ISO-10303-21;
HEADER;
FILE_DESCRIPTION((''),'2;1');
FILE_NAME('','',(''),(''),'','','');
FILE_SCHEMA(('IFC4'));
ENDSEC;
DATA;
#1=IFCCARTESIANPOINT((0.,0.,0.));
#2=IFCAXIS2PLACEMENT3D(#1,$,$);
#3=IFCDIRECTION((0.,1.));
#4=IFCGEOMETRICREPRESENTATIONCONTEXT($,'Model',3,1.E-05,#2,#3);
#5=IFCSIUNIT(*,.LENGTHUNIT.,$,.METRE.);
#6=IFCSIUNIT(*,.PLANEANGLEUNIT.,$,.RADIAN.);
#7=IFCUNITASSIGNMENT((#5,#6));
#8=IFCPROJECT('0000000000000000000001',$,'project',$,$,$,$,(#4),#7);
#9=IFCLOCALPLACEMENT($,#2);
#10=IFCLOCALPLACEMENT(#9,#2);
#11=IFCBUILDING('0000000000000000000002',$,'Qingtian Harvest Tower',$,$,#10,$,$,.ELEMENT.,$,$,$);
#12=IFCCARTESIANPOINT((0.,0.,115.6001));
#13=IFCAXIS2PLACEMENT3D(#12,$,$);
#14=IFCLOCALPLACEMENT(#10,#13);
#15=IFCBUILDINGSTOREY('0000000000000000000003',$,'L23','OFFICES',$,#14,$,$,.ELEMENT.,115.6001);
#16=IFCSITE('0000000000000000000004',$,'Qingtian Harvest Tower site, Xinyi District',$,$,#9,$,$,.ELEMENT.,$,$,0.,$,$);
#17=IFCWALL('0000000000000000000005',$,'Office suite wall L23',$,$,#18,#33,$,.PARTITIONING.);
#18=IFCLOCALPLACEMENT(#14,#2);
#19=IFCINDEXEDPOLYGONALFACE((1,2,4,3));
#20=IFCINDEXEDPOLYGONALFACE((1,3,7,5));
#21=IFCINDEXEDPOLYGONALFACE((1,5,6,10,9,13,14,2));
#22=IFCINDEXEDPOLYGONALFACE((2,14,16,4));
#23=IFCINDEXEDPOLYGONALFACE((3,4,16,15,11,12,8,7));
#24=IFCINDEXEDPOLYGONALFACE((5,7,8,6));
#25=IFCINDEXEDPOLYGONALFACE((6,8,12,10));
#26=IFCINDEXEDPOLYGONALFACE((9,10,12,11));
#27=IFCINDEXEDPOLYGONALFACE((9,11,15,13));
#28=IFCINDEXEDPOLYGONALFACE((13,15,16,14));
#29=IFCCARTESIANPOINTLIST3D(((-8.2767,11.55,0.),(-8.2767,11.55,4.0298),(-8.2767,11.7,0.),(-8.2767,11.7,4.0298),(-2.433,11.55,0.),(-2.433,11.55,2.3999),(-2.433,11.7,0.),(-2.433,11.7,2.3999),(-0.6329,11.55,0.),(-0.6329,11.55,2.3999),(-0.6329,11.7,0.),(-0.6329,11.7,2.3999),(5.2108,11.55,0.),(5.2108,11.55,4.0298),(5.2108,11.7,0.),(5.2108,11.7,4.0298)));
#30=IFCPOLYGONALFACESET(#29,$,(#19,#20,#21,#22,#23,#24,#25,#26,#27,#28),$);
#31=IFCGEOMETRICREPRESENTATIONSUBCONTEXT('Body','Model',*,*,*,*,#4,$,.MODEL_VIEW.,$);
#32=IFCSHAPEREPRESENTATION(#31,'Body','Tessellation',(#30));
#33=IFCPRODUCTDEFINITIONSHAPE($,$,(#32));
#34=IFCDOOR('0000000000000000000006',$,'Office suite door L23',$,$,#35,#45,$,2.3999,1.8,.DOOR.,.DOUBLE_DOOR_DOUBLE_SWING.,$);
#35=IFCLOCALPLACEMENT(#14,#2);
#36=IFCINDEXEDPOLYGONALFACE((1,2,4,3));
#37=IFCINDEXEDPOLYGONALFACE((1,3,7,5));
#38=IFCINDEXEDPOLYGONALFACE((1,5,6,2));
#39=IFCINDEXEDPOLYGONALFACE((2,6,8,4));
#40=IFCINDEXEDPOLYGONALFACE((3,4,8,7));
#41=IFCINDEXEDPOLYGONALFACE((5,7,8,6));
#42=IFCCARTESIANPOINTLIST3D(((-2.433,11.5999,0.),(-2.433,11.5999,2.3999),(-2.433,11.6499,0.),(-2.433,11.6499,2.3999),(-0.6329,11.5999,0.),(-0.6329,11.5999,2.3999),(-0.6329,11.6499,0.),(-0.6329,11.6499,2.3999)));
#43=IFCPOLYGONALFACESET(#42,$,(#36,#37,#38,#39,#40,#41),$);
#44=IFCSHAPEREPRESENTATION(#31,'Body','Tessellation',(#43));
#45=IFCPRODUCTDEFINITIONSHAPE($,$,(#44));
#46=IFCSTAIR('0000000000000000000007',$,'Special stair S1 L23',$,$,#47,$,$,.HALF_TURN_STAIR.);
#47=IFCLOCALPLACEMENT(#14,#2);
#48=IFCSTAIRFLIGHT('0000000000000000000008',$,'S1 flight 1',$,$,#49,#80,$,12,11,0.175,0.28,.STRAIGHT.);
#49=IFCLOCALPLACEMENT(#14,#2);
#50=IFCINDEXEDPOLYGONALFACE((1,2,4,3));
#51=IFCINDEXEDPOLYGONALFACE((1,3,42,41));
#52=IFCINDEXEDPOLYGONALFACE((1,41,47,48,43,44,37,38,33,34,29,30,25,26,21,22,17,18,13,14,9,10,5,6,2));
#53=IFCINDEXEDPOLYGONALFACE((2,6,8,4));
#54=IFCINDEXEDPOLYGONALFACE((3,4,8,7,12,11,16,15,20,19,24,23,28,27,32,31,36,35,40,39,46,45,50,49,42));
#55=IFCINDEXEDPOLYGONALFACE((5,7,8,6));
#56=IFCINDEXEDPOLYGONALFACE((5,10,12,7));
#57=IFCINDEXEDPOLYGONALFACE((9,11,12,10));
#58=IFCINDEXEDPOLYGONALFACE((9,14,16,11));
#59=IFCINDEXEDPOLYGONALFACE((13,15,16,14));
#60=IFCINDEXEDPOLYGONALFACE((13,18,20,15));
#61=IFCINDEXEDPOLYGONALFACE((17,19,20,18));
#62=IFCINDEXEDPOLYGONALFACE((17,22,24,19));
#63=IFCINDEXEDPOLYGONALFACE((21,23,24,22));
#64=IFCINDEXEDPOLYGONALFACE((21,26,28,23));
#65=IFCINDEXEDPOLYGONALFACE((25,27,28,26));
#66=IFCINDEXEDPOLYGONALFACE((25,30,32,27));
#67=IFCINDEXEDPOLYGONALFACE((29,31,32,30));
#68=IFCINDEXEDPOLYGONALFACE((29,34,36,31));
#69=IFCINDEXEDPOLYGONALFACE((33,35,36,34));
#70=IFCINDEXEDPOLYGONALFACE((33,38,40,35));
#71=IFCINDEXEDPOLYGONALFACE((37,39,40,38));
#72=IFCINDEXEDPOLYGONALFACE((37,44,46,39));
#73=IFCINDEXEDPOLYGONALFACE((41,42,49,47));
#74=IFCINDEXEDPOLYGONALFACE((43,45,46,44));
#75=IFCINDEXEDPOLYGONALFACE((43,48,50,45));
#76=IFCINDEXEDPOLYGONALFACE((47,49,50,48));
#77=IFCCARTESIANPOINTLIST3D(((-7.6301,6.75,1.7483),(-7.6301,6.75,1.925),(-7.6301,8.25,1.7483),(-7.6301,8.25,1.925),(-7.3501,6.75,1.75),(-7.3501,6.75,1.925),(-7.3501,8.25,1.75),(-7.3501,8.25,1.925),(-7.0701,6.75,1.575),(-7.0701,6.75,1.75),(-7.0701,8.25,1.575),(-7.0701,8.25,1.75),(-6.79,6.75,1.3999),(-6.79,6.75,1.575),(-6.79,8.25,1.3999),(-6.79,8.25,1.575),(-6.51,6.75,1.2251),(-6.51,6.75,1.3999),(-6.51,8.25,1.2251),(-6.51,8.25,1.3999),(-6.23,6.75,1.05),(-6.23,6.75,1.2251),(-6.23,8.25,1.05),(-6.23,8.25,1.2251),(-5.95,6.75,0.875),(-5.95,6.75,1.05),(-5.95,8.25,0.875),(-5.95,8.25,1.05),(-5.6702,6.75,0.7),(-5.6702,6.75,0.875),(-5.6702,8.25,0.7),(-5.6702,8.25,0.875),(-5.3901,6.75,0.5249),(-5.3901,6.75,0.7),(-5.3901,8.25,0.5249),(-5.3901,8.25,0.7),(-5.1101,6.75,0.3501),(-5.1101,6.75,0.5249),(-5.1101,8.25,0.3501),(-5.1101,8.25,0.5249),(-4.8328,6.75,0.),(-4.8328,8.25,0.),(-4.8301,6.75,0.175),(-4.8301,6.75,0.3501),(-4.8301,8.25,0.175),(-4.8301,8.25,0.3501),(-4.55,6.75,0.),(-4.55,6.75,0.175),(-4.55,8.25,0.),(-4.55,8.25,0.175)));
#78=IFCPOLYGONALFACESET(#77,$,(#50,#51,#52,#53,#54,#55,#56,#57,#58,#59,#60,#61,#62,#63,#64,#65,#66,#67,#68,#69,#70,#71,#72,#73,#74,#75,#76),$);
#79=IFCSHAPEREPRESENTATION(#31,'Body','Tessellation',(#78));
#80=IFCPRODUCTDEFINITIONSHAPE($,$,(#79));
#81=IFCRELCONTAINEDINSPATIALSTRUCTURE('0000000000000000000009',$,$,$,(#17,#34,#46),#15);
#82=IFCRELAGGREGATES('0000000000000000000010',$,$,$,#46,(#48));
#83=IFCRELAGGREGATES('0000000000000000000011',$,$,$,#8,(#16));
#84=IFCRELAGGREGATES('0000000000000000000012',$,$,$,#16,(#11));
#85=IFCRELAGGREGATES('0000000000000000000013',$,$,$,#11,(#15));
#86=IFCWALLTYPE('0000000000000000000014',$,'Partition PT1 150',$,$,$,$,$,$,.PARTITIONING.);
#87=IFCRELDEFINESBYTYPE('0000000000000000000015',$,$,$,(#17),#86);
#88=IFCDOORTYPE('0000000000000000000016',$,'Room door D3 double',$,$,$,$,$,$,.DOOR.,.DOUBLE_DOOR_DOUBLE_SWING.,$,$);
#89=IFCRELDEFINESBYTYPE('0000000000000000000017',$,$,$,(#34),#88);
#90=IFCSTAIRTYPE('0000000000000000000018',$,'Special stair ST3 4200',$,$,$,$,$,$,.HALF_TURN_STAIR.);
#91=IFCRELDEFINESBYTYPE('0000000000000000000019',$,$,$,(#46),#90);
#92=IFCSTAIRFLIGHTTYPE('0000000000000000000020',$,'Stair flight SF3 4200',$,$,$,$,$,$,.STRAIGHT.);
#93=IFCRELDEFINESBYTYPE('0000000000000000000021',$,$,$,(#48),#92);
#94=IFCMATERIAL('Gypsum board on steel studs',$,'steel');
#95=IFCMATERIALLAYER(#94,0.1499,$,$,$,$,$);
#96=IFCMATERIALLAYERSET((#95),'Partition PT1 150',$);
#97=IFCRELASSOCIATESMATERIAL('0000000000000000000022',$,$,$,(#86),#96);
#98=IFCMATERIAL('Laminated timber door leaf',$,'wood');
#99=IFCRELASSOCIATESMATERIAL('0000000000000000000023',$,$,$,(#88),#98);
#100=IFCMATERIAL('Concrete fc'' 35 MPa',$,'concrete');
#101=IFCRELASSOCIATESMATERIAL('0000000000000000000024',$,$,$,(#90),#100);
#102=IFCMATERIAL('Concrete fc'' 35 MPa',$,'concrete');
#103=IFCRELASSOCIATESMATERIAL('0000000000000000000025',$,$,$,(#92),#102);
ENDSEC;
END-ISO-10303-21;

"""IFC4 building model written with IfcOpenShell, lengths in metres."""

from ifc_helpers import new_model, si_unit, direction, frame, frame_2d, origin, place, context, subcontext, project, spatial, polyline, rectangle, outline, extrude, material, layer, layer_set, type_object, element, fill, aggregate, save


model = new_model("IFC4")

# Units and contexts
model_context = context("Model", 3, precision=1e-05, world=origin(), true_north=direction((0.0, 1.0)))
body_context = subcontext(model_context, "Body", "Model", "MODEL_VIEW")
ifc_project = project(units=[si_unit("LENGTHUNIT", "METRE"), si_unit("PLANEANGLEUNIT", "RADIAN")], contexts=[model_context])

# Site, building, storey
site_placement = place(None, origin())
site = spatial("IfcSite", under=ifc_project, at=site_placement, Name="Qingtian Harvest Tower site, Xinyi District", CompositionType="ELEMENT", RefElevation=0.0)
building_placement = place(site_placement, origin())
building = spatial("IfcBuilding", under=site, at=building_placement, Name="Qingtian Harvest Tower", CompositionType="ELEMENT")
storey_placement = place(building_placement, frame((0.0, 0.0, 115.6001)))
storey = spatial("IfcBuildingStorey", under=building, at=storey_placement, Name="L23", Description="OFFICES", CompositionType="ELEMENT", Elevation=115.6001)

# Wall, opening, door
ifc_material_1 = material(Name="Gypsum board on steel studs", Category="steel")
ifc_layer_1 = layer(ifc_material_1, 0.1499)
ifc_layer_set_1 = layer_set([ifc_layer_1], Name="Partition PT1 150")
wall_type_1 = type_object("IfcWallType", Name="Partition PT1 150", PredefinedType="PARTITIONING", material=ifc_layer_set_1)
wall_1_placement = place(storey_placement, frame((-8.2766, 11.625, 0.0), z_axis=(0.0, 0.0, 1.0), x_axis=(1.0, 0.0, 0.0)))
wall_1 = element("IfcWall", 1, at=wall_1_placement, inside=storey, type_object=wall_type_1, Name="Office suite wall L23", PredefinedType="PARTITIONING", context=body_context, shape_type="SweptSolid", body=[
    extrude(rectangle(XDim=13.4875, YDim=0.1499, at=frame_2d((6.7437, 0.0))), origin(), (0.0, 0.0, 1.0), 4.0298),
])
opening_1_placement = place(wall_1_placement, frame((5.8438, 0.0, 0.0)))
opening_1 = element("IfcOpeningElement", 2, at=opening_1_placement, cuts=wall_1, PredefinedType="OPENING", context=body_context, shape_type="SweptSolid", body=[
    extrude(rectangle(XDim=1.8, YDim=2.3999, at=frame_2d((0.8999, 1.2))), frame((0.0, 0.085, 0.0), z_axis=(0.0, -1.0, 0.0), x_axis=(1.0, 0.0, 0.0)), (0.0, 0.0, 1.0), 0.1699),
])
ifc_material_2 = material(Name="Laminated timber door leaf", Category="wood")
door_type_1 = type_object("IfcDoorType", Name="Room door D3 double", OperationType="DOUBLE_DOOR_DOUBLE_SWING", PredefinedType="DOOR", material=ifc_material_2)
door_1_placement = place(opening_1_placement, origin())
door_1 = element("IfcDoor", 3, at=door_1_placement, inside=storey, type_object=door_type_1, Name="Office suite door L23", OperationType="DOUBLE_DOOR_DOUBLE_SWING", OverallHeight=2.3999, OverallWidth=1.8, PredefinedType="DOOR", context=body_context, shape_type="SweptSolid", body=[
    extrude(rectangle(XDim=1.8, YDim=2.3999, at=frame_2d((0.8999, 1.2))), frame((0.0, 0.0249, 0.0), z_axis=(0.0, -1.0, 0.0), x_axis=(1.0, 0.0, 0.0)), (0.0, 0.0, 1.0), 0.05),
])
fill(opening_1, door_1)

# Stair, stair flight
ifc_material_3 = material(Name="Concrete fc' 35 MPa", Category="concrete")
stair_type = type_object("IfcStairType", Name="Special stair ST3 4200", PredefinedType="HALF_TURN_STAIR", material=ifc_material_3)
stair_placement = place(storey_placement, origin())
stair = element("IfcStair", 4, at=stair_placement, inside=storey, type_object=stair_type, Name="Special stair S1 L23", PredefinedType="HALF_TURN_STAIR")
ifc_material_4 = material(Name="Concrete fc' 35 MPa", Category="concrete")
stair_flight_type = type_object("IfcStairFlightType", Name="Stair flight SF3 4200", PredefinedType="STRAIGHT", material=ifc_material_4)
stair_flight_placement = place(storey_placement, frame((-4.55, 7.5, 0.0), z_axis=(0.0, 0.0, 1.0), x_axis=(-1.0, 0.0, 0.0)))
stair_flight = element("IfcStairFlight", 5, at=stair_flight_placement, type_object=stair_flight_type, Name="S1 flight 1", NumberOfRisers=12, NumberOfTreads=11, PredefinedType="STRAIGHT", RiserHeight=0.175, TreadLength=0.28, context=body_context, shape_type="SweptSolid", body=[
    extrude(outline(polyline([(0.0, 0.0), (0.0, 0.175), (0.28, 0.175), (0.28, 0.3501), (0.5601, 0.3501), (0.5601, 0.5249), (0.8401, 0.5249), (0.8401, 0.7), (1.1201, 0.7), (1.1201, 0.875), (1.3999, 0.875), (1.3999, 1.05), (1.6799, 1.05), (1.6799, 1.2251), (1.96, 1.2251), (1.96, 1.3999), (2.24, 1.3999), (2.24, 1.575), (2.52, 1.575), (2.52, 1.75), (2.8, 1.75), (2.8, 1.925), (3.0801, 1.925), (3.0801, 2.1001), (3.0801, 1.7483), (0.2827, 0.0), (0.0, 0.0)])), frame((0.0, 0.75, 0.0), z_axis=(0.0, -1.0, 0.0), x_axis=(1.0, 0.0, 0.0)), (0.0, 0.0, 1.0), 1.5),
])
aggregate(stair, [stair_flight])

save(model, "model.ifc")
